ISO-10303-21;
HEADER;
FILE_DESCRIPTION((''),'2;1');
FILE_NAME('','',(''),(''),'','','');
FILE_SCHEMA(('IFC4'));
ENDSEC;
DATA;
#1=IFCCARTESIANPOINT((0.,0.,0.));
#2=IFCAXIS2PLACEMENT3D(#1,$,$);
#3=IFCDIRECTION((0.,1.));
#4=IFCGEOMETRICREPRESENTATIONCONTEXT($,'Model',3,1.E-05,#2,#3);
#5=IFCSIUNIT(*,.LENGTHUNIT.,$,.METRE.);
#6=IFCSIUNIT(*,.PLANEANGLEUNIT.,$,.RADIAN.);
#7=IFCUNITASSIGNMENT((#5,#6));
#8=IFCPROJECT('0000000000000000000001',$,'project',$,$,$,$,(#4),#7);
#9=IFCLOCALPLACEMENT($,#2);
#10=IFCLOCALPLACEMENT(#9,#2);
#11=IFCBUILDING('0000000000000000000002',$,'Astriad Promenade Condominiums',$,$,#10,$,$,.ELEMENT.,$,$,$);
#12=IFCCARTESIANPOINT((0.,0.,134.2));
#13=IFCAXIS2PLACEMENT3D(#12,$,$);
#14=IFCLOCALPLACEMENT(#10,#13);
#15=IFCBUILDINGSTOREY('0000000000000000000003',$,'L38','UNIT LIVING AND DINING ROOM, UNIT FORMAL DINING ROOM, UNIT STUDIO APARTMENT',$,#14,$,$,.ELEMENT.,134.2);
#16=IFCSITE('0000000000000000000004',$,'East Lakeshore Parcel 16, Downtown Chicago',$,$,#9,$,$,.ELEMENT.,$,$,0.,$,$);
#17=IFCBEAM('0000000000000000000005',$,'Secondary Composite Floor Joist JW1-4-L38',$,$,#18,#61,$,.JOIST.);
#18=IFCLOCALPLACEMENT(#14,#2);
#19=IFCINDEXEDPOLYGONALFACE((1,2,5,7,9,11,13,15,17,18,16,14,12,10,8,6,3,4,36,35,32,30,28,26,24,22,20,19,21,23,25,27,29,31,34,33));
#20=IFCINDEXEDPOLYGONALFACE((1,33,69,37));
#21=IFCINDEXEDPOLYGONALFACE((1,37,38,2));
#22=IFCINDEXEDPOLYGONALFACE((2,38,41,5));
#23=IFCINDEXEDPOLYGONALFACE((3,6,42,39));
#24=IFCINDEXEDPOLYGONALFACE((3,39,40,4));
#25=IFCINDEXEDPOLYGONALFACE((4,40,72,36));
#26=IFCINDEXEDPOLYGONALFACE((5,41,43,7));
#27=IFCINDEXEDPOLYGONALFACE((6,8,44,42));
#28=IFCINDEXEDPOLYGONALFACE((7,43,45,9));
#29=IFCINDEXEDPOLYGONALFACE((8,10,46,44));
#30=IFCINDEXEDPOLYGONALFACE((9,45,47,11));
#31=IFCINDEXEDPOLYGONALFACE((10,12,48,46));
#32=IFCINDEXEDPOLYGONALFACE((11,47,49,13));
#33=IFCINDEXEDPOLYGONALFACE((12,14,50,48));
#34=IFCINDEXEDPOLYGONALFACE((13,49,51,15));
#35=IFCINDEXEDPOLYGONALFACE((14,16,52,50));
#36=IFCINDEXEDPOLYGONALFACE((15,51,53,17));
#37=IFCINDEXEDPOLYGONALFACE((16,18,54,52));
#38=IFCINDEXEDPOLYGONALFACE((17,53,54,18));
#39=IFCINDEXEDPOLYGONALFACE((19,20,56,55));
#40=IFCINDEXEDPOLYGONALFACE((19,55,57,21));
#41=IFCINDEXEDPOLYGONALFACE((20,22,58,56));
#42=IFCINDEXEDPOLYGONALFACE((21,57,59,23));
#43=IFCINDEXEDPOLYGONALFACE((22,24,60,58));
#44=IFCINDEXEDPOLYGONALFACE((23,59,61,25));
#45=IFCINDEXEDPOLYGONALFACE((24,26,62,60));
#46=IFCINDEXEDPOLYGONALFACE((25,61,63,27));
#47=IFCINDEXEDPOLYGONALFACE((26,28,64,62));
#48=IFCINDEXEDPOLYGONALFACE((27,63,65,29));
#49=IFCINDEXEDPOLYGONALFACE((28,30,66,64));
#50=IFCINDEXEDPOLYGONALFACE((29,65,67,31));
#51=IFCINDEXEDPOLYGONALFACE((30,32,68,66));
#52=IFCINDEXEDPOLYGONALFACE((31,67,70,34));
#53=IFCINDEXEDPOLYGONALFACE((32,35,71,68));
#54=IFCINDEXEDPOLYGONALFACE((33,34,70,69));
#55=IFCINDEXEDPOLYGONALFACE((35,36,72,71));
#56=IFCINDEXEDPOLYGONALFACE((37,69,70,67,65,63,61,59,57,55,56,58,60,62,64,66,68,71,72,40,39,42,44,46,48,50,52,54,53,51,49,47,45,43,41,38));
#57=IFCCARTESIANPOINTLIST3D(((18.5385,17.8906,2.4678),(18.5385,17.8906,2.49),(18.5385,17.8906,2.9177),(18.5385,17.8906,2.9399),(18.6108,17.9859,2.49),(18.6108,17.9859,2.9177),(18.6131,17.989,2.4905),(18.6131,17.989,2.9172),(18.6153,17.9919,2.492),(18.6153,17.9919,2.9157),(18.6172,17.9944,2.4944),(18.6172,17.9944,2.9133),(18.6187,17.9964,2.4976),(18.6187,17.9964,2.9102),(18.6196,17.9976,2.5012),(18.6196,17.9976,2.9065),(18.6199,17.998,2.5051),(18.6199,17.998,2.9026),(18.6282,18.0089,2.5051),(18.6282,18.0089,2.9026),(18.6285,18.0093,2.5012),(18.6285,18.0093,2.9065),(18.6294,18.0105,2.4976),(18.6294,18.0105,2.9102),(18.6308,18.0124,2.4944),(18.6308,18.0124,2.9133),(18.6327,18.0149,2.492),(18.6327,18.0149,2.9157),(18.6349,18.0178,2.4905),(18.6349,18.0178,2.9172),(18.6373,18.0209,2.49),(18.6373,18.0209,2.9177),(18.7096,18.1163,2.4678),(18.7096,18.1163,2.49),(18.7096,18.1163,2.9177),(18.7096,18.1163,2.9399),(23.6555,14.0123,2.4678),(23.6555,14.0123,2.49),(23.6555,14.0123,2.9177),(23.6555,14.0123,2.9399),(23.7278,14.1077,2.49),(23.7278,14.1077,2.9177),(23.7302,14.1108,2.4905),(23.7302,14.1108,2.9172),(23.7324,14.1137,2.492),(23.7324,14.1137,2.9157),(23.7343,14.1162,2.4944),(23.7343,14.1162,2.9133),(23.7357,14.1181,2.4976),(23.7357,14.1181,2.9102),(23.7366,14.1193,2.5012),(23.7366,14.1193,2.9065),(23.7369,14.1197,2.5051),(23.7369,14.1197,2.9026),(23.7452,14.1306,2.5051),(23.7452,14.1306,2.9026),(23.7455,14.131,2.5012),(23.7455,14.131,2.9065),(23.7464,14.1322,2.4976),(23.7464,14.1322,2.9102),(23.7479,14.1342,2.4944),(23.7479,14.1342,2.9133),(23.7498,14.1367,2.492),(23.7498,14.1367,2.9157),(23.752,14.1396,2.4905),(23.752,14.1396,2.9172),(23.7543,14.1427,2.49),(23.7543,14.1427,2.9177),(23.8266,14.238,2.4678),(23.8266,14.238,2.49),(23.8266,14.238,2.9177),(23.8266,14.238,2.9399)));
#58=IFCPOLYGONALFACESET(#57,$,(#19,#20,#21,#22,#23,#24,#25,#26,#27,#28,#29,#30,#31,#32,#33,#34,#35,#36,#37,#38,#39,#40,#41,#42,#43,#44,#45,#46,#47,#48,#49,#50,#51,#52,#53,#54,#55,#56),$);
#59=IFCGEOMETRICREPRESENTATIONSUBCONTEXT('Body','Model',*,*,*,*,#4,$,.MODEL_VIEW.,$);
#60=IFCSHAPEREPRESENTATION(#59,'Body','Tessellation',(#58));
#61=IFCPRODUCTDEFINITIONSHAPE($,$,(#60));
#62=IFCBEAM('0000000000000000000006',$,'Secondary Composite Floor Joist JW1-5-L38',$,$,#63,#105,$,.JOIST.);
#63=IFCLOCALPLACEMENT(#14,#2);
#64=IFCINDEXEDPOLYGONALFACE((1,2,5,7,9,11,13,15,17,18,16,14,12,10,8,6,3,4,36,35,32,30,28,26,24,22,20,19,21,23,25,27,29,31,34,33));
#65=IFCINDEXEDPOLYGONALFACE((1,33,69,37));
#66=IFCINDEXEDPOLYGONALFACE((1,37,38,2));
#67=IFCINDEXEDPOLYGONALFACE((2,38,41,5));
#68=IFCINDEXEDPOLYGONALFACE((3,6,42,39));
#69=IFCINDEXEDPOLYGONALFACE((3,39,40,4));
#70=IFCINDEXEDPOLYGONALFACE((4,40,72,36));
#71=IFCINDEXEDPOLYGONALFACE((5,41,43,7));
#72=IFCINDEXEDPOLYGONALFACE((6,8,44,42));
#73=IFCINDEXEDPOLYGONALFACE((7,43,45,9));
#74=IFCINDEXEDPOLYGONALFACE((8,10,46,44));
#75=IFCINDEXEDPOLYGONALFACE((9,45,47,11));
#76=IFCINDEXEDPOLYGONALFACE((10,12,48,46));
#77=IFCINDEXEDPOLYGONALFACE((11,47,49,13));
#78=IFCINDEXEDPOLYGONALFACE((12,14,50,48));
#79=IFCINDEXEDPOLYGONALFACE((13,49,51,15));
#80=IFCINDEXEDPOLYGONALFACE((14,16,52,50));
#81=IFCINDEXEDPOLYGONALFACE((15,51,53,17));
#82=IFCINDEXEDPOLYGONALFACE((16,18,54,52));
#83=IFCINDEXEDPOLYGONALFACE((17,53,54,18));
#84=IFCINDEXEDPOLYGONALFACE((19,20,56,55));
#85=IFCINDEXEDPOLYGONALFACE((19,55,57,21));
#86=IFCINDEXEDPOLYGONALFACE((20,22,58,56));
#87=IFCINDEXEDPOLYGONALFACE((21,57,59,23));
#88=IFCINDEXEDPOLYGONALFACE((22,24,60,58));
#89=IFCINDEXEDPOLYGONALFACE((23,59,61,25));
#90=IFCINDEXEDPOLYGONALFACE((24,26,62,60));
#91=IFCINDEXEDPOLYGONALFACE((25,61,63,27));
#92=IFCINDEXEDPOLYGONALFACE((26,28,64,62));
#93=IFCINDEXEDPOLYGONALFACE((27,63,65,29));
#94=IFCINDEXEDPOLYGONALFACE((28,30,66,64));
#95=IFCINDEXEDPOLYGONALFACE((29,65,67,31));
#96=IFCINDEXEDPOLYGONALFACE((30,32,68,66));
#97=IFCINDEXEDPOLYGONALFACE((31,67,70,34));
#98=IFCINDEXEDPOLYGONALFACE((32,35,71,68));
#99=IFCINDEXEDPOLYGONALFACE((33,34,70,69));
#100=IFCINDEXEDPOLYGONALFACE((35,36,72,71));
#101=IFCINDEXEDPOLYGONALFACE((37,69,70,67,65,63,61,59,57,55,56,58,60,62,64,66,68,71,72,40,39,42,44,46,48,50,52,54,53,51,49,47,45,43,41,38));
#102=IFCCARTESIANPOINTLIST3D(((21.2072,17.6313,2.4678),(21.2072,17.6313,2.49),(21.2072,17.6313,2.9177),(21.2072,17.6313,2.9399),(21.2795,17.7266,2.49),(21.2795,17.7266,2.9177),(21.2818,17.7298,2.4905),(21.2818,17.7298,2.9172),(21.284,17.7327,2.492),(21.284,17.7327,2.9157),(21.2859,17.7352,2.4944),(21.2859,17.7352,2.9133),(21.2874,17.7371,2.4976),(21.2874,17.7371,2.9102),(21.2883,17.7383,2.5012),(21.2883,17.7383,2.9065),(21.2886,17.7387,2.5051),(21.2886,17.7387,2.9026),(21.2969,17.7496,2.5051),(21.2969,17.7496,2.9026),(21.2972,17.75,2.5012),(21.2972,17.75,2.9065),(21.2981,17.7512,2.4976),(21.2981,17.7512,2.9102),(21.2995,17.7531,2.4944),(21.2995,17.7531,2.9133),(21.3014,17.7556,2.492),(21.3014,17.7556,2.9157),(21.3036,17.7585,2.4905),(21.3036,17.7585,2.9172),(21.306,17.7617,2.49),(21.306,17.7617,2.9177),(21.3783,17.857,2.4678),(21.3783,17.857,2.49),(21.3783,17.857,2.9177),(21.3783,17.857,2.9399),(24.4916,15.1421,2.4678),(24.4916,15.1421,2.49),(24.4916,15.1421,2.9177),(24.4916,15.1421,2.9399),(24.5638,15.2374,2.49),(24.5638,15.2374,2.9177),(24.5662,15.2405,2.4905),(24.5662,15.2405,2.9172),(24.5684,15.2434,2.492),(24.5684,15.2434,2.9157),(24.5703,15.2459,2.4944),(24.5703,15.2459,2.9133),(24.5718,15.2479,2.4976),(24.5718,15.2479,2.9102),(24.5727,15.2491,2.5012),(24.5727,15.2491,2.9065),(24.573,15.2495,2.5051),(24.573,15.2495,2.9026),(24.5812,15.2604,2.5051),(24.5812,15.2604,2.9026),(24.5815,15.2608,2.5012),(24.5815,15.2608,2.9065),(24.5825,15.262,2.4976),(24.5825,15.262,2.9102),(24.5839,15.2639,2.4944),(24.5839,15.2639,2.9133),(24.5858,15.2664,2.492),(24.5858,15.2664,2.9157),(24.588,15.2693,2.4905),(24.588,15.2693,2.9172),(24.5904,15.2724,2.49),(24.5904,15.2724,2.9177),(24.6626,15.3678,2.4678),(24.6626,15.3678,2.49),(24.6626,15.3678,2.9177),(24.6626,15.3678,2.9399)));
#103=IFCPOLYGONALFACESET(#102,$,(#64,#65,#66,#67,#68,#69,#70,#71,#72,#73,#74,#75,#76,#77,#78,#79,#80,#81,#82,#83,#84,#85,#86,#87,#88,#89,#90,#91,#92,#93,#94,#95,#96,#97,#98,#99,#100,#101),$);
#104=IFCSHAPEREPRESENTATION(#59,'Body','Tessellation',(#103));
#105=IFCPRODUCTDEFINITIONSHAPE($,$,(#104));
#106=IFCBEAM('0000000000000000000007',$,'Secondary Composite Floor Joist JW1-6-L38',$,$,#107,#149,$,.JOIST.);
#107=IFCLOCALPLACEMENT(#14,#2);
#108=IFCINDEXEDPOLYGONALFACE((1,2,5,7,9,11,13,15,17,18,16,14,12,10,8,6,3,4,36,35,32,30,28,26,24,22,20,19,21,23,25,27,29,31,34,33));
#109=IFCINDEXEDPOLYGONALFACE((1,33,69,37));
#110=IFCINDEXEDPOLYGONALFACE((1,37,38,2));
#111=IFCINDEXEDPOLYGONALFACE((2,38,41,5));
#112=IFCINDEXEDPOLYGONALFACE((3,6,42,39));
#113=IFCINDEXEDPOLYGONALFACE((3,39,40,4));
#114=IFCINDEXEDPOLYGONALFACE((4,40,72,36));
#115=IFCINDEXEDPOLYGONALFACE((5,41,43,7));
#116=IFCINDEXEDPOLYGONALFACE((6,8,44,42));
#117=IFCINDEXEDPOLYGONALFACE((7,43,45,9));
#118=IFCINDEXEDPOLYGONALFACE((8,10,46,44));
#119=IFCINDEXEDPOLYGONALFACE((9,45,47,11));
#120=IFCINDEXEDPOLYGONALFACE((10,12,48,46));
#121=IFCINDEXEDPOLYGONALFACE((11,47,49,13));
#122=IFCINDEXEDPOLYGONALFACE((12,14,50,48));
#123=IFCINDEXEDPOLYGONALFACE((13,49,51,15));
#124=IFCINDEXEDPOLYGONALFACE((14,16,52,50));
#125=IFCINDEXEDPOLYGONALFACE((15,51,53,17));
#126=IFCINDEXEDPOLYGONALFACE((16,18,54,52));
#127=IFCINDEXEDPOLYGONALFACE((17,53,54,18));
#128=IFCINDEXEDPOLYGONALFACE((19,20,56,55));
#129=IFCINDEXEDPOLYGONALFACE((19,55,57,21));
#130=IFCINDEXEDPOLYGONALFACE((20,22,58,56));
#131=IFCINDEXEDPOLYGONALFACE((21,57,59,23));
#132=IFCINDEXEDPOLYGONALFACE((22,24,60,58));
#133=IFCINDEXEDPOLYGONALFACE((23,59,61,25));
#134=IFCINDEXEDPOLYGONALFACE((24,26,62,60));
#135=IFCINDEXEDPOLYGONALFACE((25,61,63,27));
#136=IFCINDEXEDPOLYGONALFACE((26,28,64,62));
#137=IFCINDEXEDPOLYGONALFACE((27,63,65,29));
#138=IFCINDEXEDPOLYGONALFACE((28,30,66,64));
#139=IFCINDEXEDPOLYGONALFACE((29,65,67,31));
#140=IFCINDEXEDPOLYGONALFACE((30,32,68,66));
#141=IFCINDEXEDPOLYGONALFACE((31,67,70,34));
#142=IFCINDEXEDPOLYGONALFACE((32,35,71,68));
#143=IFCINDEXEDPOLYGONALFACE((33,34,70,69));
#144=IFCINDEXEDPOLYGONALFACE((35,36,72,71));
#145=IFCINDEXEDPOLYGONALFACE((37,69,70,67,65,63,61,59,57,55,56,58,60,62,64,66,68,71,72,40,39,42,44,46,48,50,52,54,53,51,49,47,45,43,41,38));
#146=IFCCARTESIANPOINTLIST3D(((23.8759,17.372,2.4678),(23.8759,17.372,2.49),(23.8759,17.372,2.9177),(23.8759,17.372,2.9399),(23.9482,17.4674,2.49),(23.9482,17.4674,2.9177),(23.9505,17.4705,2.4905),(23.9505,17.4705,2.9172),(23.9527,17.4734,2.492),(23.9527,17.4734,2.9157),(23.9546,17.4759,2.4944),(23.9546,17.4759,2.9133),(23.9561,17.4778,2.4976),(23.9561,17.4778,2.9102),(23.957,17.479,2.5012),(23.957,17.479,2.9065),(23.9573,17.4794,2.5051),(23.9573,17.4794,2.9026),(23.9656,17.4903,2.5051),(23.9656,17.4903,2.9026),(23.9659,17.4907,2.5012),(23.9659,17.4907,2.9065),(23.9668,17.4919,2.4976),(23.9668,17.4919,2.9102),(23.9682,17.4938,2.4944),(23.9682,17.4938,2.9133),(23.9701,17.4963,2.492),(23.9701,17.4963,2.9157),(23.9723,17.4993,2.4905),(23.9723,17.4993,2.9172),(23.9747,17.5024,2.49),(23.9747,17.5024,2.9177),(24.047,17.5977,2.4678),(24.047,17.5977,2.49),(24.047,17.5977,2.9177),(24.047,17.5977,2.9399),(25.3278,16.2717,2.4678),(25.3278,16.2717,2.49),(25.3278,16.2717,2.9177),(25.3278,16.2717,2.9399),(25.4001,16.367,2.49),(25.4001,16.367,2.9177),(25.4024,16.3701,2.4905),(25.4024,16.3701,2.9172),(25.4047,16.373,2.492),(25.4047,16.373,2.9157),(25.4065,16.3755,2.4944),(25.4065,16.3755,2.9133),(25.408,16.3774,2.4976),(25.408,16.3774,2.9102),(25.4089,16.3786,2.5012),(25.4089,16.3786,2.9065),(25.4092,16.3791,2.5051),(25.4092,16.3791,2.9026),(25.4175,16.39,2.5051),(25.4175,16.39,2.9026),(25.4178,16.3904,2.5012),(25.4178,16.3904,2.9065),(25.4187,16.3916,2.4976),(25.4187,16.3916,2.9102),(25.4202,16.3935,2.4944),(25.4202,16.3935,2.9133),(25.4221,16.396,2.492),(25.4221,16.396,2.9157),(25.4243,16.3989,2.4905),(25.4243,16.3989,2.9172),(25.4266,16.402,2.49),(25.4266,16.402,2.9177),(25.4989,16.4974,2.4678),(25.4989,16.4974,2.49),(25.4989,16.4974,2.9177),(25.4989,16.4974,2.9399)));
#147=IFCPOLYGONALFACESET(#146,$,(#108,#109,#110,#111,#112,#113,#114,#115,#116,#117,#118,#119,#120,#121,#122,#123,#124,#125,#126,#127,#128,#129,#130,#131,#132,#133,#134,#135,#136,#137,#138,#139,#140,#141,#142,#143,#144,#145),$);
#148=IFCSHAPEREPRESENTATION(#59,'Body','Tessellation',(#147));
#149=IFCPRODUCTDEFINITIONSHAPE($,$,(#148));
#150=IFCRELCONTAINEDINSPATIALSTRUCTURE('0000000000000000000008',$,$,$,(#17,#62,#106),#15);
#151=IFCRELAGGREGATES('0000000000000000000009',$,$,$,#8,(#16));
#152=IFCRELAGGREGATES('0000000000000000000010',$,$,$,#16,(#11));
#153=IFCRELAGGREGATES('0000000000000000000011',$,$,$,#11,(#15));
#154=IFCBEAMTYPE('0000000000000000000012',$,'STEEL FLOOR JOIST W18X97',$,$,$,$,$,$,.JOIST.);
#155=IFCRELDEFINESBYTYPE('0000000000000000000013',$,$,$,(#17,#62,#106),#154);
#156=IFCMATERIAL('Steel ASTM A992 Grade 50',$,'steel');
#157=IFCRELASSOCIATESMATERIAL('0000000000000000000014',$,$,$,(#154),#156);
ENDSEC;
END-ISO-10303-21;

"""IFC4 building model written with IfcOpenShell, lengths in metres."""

from ifc_helpers import new_model, si_unit, direction, frame, origin, origin_2d, place, context, subcontext, project, spatial, i_section, extrude, source, transform, mapped, material, material_profile, profile_set, type_object, type_shapes, element, save


model = new_model("IFC4")

# Units and contexts
model_context = context("Model", 3, precision=1e-05, world=origin(), true_north=direction((0.0, 1.0)))
body_context = subcontext(model_context, "Body", "Model", "MODEL_VIEW")
ifc_project = project(units=[si_unit("LENGTHUNIT", "METRE"), si_unit("PLANEANGLEUNIT", "RADIAN")], contexts=[model_context])

# Site, building, storey
site_placement = place(None, origin())
site = spatial("IfcSite", under=ifc_project, at=site_placement, Name="East Lakeshore Parcel 16, Downtown Chicago", CompositionType="ELEMENT", RefElevation=0.0)
building_placement = place(site_placement, origin())
building = spatial("IfcBuilding", under=site, at=building_placement, Name="Astriad Promenade Condominiums", CompositionType="ELEMENT")
storey_placement = place(building_placement, frame((0.0, 0.0, 134.2)))
storey = spatial("IfcBuildingStorey", under=building, at=storey_placement, Name="L38", Description="UNIT LIVING AND DINING ROOM, UNIT FORMAL DINING ROOM, UNIT STUDIO APARTMENT", CompositionType="ELEMENT", Elevation=134.2)

# Shared definitions
ifc_material_1 = material(Name="Steel ASTM A992 Grade 50", Category="steel")

# Beams
ifc_material_profile_1 = material_profile(ifc_material_1, i_section(OverallWidth=0.2832, OverallDepth=0.4722, WebThickness=0.0137, FlangeThickness=0.0222, FilletRadius=0.0151, at=origin_2d()), Name="W18X97")
ifc_profile_set_1 = profile_set([ifc_material_profile_1], Name="Steel ASTM A992 Grade 50")
beam_type_1 = type_object("IfcBeamType", Name="STEEL FLOOR JOIST W18X97", PredefinedType="JOIST", material=ifc_profile_set_1)
shared_shape_1 = source(origin(), body_context, "Body", "SweptSolid", [
    extrude(i_section(OverallWidth=0.2832, OverallDepth=0.4722, WebThickness=0.0137, FlangeThickness=0.0222, FilletRadius=0.0151, at=origin_2d()), origin(), (0.0, 0.0, 1.0), 6.4207),
])
beam_1_placement = place(storey_placement, frame((18.624, 18.0034, 2.7039), z_axis=(0.796965, -0.604026, 0.0), x_axis=(0.604026, 0.796965, 0.0)))
element("IfcBeam", 1, at=beam_1_placement, inside=storey, type_object=beam_type_1, Name="Secondary Composite Floor Joist JW1-4-L38", PredefinedType="JOIST", context=body_context, shape_type="MappedRepresentation", body=[
    mapped(shared_shape_1, transform((0.0, 0.0, 0.0), scale=1.0)),
])
shared_shape_2 = source(origin(), body_context, "Body", "SweptSolid", [
    extrude(i_section(OverallWidth=0.2832, OverallDepth=0.4722, WebThickness=0.0137, FlangeThickness=0.0222, FilletRadius=0.0151, at=origin_2d()), origin(), (0.0, 0.0, 1.0), 4.1211),
])
beam_2_placement = place(storey_placement, frame((21.2927, 17.7441, 2.7039), z_axis=(0.796969, -0.604021, 0.0), x_axis=(0.604021, 0.796969, 0.0)))
element("IfcBeam", 2, at=beam_2_placement, inside=storey, type_object=beam_type_1, Name="Secondary Composite Floor Joist JW1-5-L38", PredefinedType="JOIST", context=body_context, shape_type="MappedRepresentation", body=[
    mapped(shared_shape_2, transform((0.0, 0.0, 0.0), scale=1.0)),
])
shared_shape_3 = source(origin(), body_context, "Body", "SweptSolid", [
    extrude(i_section(OverallWidth=0.2832, OverallDepth=0.4722, WebThickness=0.0137, FlangeThickness=0.0222, FilletRadius=0.0151, at=origin_2d()), origin(), (0.0, 0.0, 1.0), 1.8218),
])
type_shapes(beam_type_1, [shared_shape_1, shared_shape_2, shared_shape_3])
beam_3_placement = place(storey_placement, frame((23.9614, 17.4849, 2.7039), z_axis=(0.796983, -0.604002, 0.0), x_axis=(0.604002, 0.796983, 0.0)))
element("IfcBeam", 3, at=beam_3_placement, inside=storey, type_object=beam_type_1, Name="Secondary Composite Floor Joist JW1-6-L38", PredefinedType="JOIST", context=body_context, shape_type="MappedRepresentation", body=[
    mapped(shared_shape_3, transform((0.0, 0.0, 0.0), scale=1.0)),
])

save(model, "model.ifc")
